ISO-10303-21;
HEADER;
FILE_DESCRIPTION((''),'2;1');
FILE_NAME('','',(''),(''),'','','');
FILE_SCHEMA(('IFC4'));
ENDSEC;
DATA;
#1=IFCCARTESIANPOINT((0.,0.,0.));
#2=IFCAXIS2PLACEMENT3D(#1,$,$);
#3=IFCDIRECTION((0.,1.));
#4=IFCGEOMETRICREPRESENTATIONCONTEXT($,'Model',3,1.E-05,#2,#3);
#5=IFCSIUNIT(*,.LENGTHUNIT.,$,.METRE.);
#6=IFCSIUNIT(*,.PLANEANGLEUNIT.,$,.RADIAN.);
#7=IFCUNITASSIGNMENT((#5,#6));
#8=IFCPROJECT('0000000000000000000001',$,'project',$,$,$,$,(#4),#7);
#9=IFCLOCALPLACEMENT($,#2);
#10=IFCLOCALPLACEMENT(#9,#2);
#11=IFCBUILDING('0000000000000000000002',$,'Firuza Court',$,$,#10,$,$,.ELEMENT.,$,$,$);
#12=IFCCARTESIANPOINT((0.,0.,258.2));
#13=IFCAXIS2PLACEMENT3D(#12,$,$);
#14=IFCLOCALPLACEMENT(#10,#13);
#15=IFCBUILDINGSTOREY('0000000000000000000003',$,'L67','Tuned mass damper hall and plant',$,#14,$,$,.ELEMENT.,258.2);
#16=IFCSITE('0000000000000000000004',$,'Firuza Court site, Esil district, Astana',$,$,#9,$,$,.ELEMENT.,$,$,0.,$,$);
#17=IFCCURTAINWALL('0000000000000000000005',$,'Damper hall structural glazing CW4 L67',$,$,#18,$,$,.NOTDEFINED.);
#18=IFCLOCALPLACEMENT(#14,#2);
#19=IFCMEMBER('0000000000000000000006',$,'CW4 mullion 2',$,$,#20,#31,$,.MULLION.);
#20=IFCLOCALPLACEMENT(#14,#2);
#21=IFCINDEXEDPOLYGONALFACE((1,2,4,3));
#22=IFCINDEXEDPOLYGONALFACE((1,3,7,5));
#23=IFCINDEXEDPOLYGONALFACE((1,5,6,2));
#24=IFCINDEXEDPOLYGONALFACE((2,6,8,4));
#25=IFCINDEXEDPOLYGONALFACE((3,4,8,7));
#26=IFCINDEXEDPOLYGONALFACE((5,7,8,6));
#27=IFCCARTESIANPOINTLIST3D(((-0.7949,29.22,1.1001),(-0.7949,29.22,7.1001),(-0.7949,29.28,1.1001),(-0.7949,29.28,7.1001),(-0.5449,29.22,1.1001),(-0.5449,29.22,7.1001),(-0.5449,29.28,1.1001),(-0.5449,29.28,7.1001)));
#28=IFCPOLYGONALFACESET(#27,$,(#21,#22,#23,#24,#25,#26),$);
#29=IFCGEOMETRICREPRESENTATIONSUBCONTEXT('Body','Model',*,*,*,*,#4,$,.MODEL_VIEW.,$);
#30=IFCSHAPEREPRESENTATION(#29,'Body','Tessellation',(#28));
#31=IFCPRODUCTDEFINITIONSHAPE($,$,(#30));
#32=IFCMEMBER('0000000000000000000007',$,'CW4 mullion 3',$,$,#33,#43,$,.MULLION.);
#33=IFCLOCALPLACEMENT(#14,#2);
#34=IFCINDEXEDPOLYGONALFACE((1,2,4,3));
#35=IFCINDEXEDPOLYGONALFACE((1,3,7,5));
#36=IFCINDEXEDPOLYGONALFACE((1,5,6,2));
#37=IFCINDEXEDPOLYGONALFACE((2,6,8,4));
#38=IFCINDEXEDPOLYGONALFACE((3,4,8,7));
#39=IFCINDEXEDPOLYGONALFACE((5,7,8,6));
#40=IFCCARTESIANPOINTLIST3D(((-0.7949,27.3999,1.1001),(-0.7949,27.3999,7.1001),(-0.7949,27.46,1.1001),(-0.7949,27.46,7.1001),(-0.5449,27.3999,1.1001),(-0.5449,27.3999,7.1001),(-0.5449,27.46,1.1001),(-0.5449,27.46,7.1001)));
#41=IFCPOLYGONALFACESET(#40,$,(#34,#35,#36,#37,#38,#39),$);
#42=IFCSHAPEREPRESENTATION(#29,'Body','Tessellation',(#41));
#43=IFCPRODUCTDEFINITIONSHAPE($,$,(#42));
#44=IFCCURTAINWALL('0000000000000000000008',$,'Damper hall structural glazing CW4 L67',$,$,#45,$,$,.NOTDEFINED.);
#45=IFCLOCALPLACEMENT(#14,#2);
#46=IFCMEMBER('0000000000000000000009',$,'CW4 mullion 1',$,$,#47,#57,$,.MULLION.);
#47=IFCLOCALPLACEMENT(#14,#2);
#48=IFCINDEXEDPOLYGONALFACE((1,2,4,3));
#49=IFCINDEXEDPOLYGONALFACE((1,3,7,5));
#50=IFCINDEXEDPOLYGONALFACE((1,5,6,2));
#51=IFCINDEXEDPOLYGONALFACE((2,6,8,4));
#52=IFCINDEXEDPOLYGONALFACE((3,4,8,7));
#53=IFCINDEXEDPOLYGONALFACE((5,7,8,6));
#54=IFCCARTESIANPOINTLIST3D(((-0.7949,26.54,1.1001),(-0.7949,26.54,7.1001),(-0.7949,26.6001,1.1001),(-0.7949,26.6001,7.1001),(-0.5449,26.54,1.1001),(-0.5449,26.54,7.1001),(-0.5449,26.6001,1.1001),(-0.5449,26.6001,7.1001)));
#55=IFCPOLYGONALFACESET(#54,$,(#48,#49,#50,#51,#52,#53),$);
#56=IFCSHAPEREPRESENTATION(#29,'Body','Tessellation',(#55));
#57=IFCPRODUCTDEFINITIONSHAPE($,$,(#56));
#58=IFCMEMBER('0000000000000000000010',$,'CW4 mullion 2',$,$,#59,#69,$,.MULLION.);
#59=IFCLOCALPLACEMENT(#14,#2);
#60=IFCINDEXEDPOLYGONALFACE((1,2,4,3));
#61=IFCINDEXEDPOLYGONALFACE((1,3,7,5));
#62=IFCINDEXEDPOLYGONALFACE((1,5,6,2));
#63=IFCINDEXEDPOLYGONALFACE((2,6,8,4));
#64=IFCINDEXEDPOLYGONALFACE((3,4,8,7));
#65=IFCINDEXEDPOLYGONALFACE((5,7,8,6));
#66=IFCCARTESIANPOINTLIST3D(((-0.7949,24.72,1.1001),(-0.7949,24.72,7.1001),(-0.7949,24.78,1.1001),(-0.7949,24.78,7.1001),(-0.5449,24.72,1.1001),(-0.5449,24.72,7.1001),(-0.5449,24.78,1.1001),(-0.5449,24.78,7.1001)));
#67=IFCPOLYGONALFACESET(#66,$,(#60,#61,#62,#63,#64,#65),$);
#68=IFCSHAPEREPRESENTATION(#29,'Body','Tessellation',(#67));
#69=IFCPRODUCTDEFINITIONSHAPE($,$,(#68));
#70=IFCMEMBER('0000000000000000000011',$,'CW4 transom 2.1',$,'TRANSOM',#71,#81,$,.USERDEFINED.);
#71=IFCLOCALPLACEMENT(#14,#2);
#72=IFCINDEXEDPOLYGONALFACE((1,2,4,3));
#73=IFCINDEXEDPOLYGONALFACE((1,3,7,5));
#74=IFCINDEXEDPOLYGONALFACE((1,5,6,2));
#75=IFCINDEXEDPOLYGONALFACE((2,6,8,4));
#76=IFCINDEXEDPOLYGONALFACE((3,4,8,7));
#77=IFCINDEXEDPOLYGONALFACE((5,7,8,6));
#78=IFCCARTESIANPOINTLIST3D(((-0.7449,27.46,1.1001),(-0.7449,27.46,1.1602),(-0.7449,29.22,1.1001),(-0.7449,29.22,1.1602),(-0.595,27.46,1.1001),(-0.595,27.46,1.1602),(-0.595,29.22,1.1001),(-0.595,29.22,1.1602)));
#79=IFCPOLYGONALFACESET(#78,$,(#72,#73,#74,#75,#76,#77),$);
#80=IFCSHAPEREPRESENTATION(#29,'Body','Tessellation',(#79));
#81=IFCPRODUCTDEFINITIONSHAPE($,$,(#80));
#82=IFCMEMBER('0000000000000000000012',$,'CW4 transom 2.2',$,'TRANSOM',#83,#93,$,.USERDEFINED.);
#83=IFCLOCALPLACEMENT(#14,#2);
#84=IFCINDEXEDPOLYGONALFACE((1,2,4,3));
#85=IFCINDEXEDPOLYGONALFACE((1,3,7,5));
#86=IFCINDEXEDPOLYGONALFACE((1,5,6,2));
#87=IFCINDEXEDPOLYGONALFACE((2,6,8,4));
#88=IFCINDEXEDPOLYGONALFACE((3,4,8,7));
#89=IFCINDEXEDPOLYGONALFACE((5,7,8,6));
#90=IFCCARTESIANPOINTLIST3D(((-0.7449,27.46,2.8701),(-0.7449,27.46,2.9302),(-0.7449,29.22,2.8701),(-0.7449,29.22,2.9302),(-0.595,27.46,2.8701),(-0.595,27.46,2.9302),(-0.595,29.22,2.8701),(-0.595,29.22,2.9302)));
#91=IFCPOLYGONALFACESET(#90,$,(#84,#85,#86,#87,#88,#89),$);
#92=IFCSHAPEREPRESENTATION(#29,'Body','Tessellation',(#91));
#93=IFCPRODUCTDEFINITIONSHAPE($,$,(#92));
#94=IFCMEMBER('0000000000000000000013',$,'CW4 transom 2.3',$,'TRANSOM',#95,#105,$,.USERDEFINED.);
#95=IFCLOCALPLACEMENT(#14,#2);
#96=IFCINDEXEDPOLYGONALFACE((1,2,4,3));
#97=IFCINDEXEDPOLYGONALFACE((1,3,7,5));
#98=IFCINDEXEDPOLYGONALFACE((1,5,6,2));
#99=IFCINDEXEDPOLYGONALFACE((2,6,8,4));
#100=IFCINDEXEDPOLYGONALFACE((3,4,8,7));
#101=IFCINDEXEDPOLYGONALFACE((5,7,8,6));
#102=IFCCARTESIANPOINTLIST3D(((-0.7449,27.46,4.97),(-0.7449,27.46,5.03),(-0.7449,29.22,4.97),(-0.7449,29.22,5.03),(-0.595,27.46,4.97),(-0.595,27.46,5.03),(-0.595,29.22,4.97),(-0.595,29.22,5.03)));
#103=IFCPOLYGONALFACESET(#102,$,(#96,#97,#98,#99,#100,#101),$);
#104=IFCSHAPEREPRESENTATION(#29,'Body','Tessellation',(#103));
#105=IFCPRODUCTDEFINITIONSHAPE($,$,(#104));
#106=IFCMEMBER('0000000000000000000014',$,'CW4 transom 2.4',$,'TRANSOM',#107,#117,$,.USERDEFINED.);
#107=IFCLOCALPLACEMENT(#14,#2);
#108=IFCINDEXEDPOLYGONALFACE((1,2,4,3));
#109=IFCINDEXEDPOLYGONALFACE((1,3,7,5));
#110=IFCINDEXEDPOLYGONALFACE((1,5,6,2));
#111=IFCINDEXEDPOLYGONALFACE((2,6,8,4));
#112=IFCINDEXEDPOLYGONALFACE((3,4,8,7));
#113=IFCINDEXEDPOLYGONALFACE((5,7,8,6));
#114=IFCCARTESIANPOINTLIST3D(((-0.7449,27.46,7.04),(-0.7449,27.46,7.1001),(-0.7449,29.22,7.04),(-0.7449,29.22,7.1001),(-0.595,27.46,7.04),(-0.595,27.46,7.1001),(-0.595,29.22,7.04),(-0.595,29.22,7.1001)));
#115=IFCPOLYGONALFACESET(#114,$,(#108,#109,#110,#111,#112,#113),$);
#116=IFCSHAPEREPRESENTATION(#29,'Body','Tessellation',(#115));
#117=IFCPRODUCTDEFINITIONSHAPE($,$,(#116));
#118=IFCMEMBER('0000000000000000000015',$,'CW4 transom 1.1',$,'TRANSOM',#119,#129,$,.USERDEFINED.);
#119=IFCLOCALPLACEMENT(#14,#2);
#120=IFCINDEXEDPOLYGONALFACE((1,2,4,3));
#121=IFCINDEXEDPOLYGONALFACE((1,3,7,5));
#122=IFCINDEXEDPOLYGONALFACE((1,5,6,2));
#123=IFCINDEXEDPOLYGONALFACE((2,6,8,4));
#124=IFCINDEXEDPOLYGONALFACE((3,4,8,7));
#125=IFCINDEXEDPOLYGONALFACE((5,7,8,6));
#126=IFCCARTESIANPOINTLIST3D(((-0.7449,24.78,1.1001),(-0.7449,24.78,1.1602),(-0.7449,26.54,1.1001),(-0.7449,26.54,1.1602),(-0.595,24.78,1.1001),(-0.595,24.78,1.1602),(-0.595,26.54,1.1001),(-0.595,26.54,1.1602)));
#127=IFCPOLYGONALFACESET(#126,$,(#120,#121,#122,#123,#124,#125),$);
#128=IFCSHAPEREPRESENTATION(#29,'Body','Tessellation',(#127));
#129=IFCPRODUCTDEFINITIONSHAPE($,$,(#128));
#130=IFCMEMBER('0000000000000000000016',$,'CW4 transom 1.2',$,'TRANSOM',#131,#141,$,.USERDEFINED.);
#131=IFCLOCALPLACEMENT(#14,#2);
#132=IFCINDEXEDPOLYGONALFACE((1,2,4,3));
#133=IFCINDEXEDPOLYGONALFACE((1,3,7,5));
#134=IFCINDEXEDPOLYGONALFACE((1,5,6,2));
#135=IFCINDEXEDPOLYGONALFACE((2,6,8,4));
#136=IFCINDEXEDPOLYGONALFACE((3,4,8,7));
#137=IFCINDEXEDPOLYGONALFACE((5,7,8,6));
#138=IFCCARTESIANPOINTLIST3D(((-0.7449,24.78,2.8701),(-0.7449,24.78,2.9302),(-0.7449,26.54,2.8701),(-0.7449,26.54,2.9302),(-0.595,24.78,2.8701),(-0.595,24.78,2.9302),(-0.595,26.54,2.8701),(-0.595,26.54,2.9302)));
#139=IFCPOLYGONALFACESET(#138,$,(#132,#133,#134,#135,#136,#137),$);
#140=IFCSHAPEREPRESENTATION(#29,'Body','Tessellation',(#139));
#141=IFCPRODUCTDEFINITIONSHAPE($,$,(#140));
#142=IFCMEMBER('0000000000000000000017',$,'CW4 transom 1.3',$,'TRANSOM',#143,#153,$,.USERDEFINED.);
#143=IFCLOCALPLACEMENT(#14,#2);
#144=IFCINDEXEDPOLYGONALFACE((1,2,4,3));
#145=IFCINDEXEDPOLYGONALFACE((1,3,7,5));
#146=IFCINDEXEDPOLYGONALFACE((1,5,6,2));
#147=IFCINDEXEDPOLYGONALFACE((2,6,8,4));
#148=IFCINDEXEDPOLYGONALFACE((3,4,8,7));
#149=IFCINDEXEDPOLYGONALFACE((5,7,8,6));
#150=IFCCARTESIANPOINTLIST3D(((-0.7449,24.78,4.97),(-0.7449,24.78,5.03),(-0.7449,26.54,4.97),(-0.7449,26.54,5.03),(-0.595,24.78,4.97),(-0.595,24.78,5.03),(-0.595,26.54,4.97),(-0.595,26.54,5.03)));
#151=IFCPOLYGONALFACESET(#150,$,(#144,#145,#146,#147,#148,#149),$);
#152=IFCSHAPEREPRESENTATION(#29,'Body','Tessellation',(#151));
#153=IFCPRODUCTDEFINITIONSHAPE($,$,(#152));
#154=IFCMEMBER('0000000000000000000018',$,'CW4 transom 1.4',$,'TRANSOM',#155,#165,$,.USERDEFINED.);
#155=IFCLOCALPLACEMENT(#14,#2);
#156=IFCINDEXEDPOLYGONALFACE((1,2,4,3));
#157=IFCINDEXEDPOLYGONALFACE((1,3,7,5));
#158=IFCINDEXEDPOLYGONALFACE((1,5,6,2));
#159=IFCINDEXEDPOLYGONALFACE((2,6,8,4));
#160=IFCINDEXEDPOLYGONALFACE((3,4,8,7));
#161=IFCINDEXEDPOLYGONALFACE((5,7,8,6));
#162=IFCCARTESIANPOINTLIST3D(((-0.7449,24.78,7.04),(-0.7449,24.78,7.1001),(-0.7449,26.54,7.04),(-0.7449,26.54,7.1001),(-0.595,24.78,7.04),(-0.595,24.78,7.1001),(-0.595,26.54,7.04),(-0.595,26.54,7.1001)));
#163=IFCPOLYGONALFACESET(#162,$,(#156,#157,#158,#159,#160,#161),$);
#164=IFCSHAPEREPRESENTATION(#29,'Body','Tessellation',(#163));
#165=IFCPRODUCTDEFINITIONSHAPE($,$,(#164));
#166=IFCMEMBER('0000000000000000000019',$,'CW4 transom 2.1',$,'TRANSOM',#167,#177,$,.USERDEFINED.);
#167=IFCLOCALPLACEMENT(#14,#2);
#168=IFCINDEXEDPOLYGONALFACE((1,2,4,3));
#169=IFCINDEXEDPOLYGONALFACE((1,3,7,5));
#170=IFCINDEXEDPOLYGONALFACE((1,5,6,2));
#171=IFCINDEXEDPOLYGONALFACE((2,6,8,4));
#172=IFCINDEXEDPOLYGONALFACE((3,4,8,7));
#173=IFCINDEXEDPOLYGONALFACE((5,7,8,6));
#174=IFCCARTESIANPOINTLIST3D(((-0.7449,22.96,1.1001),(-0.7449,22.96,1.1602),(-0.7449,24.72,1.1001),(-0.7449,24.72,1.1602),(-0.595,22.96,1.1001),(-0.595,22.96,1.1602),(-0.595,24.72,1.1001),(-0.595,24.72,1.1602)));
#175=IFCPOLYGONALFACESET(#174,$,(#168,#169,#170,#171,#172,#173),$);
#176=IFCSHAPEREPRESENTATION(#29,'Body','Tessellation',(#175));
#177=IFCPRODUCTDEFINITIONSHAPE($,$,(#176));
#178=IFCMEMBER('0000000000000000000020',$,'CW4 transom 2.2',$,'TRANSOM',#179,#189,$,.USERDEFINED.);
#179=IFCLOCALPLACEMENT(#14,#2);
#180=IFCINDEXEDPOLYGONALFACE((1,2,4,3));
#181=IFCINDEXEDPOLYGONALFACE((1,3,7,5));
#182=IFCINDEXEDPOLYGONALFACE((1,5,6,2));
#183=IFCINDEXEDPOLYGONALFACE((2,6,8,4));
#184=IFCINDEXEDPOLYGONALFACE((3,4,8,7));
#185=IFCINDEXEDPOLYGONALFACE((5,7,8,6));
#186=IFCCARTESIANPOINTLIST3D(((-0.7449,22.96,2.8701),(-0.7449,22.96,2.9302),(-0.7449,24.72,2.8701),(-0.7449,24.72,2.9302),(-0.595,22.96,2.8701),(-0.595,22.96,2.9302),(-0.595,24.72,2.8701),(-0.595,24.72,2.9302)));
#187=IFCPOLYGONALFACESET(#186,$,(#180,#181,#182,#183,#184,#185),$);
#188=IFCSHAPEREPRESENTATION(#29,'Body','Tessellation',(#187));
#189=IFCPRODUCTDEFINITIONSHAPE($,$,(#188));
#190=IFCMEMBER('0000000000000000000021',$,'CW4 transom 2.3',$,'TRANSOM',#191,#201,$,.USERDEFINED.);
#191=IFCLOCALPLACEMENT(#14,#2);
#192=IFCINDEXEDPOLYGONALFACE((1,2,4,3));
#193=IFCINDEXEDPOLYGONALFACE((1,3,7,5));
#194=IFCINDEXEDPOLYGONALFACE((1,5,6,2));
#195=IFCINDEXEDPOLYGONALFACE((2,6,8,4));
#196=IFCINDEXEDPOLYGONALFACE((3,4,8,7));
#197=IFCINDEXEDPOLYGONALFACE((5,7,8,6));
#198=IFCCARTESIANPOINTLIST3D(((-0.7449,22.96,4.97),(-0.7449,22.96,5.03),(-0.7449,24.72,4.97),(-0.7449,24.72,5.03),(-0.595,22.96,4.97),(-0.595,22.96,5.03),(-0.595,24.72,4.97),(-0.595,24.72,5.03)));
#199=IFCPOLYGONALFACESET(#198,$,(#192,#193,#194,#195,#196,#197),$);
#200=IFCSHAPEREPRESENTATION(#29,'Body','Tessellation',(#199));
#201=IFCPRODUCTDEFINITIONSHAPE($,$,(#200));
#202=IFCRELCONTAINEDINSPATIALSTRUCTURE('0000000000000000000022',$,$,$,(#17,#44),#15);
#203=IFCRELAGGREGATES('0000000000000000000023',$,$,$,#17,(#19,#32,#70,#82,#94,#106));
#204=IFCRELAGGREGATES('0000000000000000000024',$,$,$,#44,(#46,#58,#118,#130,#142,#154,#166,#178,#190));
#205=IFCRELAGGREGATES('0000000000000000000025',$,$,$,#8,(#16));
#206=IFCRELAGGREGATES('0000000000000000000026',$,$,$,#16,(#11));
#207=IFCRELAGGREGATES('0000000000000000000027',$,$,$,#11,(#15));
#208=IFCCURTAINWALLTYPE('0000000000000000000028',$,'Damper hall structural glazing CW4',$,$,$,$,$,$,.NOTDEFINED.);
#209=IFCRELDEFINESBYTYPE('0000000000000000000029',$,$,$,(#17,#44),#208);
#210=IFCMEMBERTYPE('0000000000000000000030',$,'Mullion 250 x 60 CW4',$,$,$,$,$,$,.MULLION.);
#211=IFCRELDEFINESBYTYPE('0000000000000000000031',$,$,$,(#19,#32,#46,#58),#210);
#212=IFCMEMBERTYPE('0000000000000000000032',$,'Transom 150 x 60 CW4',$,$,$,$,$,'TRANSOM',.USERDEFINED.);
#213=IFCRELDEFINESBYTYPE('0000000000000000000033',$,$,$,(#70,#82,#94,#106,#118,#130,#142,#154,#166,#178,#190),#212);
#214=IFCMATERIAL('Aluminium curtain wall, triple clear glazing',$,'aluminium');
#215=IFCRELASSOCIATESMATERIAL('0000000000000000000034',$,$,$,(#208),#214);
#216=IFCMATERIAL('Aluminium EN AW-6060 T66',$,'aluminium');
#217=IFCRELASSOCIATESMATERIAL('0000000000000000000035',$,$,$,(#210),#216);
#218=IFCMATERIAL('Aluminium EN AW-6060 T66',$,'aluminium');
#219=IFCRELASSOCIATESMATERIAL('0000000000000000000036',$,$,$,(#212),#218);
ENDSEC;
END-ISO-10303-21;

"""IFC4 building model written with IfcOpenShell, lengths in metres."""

from ifc_helpers import new_model, si_unit, direction, frame, origin, origin_2d, place, context, subcontext, project, spatial, rectangle, extrude, material, material_profile, profile_set, type_object, element, aggregate, save


model = new_model("IFC4")

# Units and contexts
model_context = context("Model", 3, precision=1e-05, world=origin(), true_north=direction((0.0, 1.0)))
body_context = subcontext(model_context, "Body", "Model", "MODEL_VIEW")
ifc_project = project(units=[si_unit("LENGTHUNIT", "METRE"), si_unit("PLANEANGLEUNIT", "RADIAN")], contexts=[model_context])

# Site, building, storey
site_placement = place(None, origin())
site = spatial("IfcSite", under=ifc_project, at=site_placement, Name="Firuza Court site, Esil district, Astana", CompositionType="ELEMENT", RefElevation=0.0)
building_placement = place(site_placement, origin())
building = spatial("IfcBuilding", under=site, at=building_placement, Name="Firuza Court", CompositionType="ELEMENT")
storey_placement = place(building_placement, frame((0.0, 0.0, 258.2)))
storey = spatial("IfcBuildingStorey", under=building, at=storey_placement, Name="L67", Description="Tuned mass damper hall and plant", CompositionType="ELEMENT", Elevation=258.2)

# Curtain walls, members
ifc_material_1 = material(Name="Aluminium curtain wall, triple clear glazing", Category="aluminium")
curtain_wall_type = type_object("IfcCurtainWallType", Name="Damper hall structural glazing CW4", PredefinedType="NOTDEFINED", material=ifc_material_1)
curtain_wall_1_placement = place(storey_placement, origin())
curtain_wall_1 = element("IfcCurtainWall", 1, at=curtain_wall_1_placement, inside=storey, type_object=curtain_wall_type, Name="Damper hall structural glazing CW4 L67", PredefinedType="NOTDEFINED")
ifc_material_2 = material(Name="Aluminium EN AW-6060 T66", Category="aluminium")
ifc_material_profile_1 = material_profile(ifc_material_2, rectangle(XDim=0.25, YDim=0.0601, at=origin_2d()), Name="Mullion 250 x 60 CW4")
ifc_profile_set_1 = profile_set([ifc_material_profile_1], Name="Aluminium EN AW-6060 T66")
member_type_1 = type_object("IfcMemberType", Name="Mullion 250 x 60 CW4", PredefinedType="MULLION", material=ifc_profile_set_1)
member_1_placement = place(storey_placement, frame((-0.6699, 29.25, 1.1001), z_axis=(0.0, 0.0, 1.0), x_axis=(1.0, 0.0, 0.0)))
member_1 = element("IfcMember", 2, at=member_1_placement, type_object=member_type_1, Name="CW4 mullion 2", PredefinedType="MULLION", context=body_context, shape_type="SweptSolid", body=[
    extrude(rectangle(XDim=0.25, YDim=0.0601, at=origin_2d()), origin(), (0.0, 0.0, 1.0), 6.0),
])
member_2_placement = place(storey_placement, frame((-0.6699, 27.4299, 1.1001), z_axis=(0.0, 0.0, 1.0), x_axis=(1.0, 0.0, 0.0)))
member_2 = element("IfcMember", 3, at=member_2_placement, type_object=member_type_1, Name="CW4 mullion 3", PredefinedType="MULLION", context=body_context, shape_type="SweptSolid", body=[
    extrude(rectangle(XDim=0.25, YDim=0.0601, at=origin_2d()), origin(), (0.0, 0.0, 1.0), 6.0),
])
curtain_wall_2_placement = place(storey_placement, origin())
curtain_wall_2 = element("IfcCurtainWall", 4, at=curtain_wall_2_placement, inside=storey, type_object=curtain_wall_type, Name="Damper hall structural glazing CW4 L67", PredefinedType="NOTDEFINED")
member_3_placement = place(storey_placement, frame((-0.6699, 26.5701, 1.1001), z_axis=(0.0, 0.0, 1.0), x_axis=(1.0, 0.0, 0.0)))
member_3 = element("IfcMember", 5, at=member_3_placement, type_object=member_type_1, Name="CW4 mullion 1", PredefinedType="MULLION", context=body_context, shape_type="SweptSolid", body=[
    extrude(rectangle(XDim=0.25, YDim=0.0601, at=origin_2d()), origin(), (0.0, 0.0, 1.0), 6.0),
])
member_4_placement = place(storey_placement, frame((-0.6699, 24.75, 1.1001), z_axis=(0.0, 0.0, 1.0), x_axis=(1.0, 0.0, 0.0)))
member_4 = element("IfcMember", 6, at=member_4_placement, type_object=member_type_1, Name="CW4 mullion 2", PredefinedType="MULLION", context=body_context, shape_type="SweptSolid", body=[
    extrude(rectangle(XDim=0.25, YDim=0.0601, at=origin_2d()), origin(), (0.0, 0.0, 1.0), 6.0),
])

# Members
ifc_material_3 = material(Name="Aluminium EN AW-6060 T66", Category="aluminium")
ifc_material_profile_2 = material_profile(ifc_material_3, rectangle(XDim=0.1499, YDim=0.0601, at=origin_2d()), Name="Transom 150 x 60 CW4")
ifc_profile_set_2 = profile_set([ifc_material_profile_2], Name="Aluminium EN AW-6060 T66")
member_type_2 = type_object("IfcMemberType", Name="Transom 150 x 60 CW4", ElementType="TRANSOM", PredefinedType="USERDEFINED", material=ifc_profile_set_2)
member_5_placement = place(storey_placement, frame((-0.6699, 29.22, 1.1301), z_axis=(0.0, -1.0, 0.0), x_axis=(1.0, 0.0, 0.0)))
member_5 = element("IfcMember", 7, at=member_5_placement, type_object=member_type_2, Name="CW4 transom 2.1", ObjectType="TRANSOM", PredefinedType="USERDEFINED", context=body_context, shape_type="SweptSolid", body=[
    extrude(rectangle(XDim=0.1499, YDim=0.0601, at=origin_2d()), origin(), (0.0, 0.0, 1.0), 1.76),
])
member_6_placement = place(storey_placement, frame((-0.6699, 29.22, 2.9001), z_axis=(0.0, -1.0, 0.0), x_axis=(1.0, 0.0, 0.0)))
member_6 = element("IfcMember", 8, at=member_6_placement, type_object=member_type_2, Name="CW4 transom 2.2", ObjectType="TRANSOM", PredefinedType="USERDEFINED", context=body_context, shape_type="SweptSolid", body=[
    extrude(rectangle(XDim=0.1499, YDim=0.0601, at=origin_2d()), origin(), (0.0, 0.0, 1.0), 1.76),
])
member_7_placement = place(storey_placement, frame((-0.6699, 29.22, 5.0), z_axis=(0.0, -1.0, 0.0), x_axis=(1.0, 0.0, 0.0)))
member_7 = element("IfcMember", 9, at=member_7_placement, type_object=member_type_2, Name="CW4 transom 2.3", ObjectType="TRANSOM", PredefinedType="USERDEFINED", context=body_context, shape_type="SweptSolid", body=[
    extrude(rectangle(XDim=0.1499, YDim=0.0601, at=origin_2d()), origin(), (0.0, 0.0, 1.0), 1.76),
])
member_8_placement = place(storey_placement, frame((-0.6699, 29.22, 7.0701), z_axis=(0.0, -1.0, 0.0), x_axis=(1.0, 0.0, 0.0)))
member_8 = element("IfcMember", 10, at=member_8_placement, type_object=member_type_2, Name="CW4 transom 2.4", ObjectType="TRANSOM", PredefinedType="USERDEFINED", context=body_context, shape_type="SweptSolid", body=[
    extrude(rectangle(XDim=0.1499, YDim=0.0601, at=origin_2d()), origin(), (0.0, 0.0, 1.0), 1.76),
])
member_9_placement = place(storey_placement, frame((-0.6699, 26.54, 1.1301), z_axis=(0.0, -1.0, 0.0), x_axis=(1.0, 0.0, 0.0)))
member_9 = element("IfcMember", 11, at=member_9_placement, type_object=member_type_2, Name="CW4 transom 1.1", ObjectType="TRANSOM", PredefinedType="USERDEFINED", context=body_context, shape_type="SweptSolid", body=[
    extrude(rectangle(XDim=0.1499, YDim=0.0601, at=origin_2d()), origin(), (0.0, 0.0, 1.0), 1.76),
])
member_10_placement = place(storey_placement, frame((-0.6699, 26.54, 2.9001), z_axis=(0.0, -1.0, 0.0), x_axis=(1.0, 0.0, 0.0)))
member_10 = element("IfcMember", 12, at=member_10_placement, type_object=member_type_2, Name="CW4 transom 1.2", ObjectType="TRANSOM", PredefinedType="USERDEFINED", context=body_context, shape_type="SweptSolid", body=[
    extrude(rectangle(XDim=0.1499, YDim=0.0601, at=origin_2d()), origin(), (0.0, 0.0, 1.0), 1.76),
])
member_11_placement = place(storey_placement, frame((-0.6699, 26.54, 5.0), z_axis=(0.0, -1.0, 0.0), x_axis=(1.0, 0.0, 0.0)))
member_11 = element("IfcMember", 13, at=member_11_placement, type_object=member_type_2, Name="CW4 transom 1.3", ObjectType="TRANSOM", PredefinedType="USERDEFINED", context=body_context, shape_type="SweptSolid", body=[
    extrude(rectangle(XDim=0.1499, YDim=0.0601, at=origin_2d()), origin(), (0.0, 0.0, 1.0), 1.76),
])
member_12_placement = place(storey_placement, frame((-0.6699, 26.54, 7.0701), z_axis=(0.0, -1.0, 0.0), x_axis=(1.0, 0.0, 0.0)))
member_12 = element("IfcMember", 14, at=member_12_placement, type_object=member_type_2, Name="CW4 transom 1.4", ObjectType="TRANSOM", PredefinedType="USERDEFINED", context=body_context, shape_type="SweptSolid", body=[
    extrude(rectangle(XDim=0.1499, YDim=0.0601, at=origin_2d()), origin(), (0.0, 0.0, 1.0), 1.76),
])
member_13_placement = place(storey_placement, frame((-0.6699, 24.72, 1.1301), z_axis=(0.0, -1.0, 0.0), x_axis=(1.0, 0.0, 0.0)))
member_13 = element("IfcMember", 15, at=member_13_placement, type_object=member_type_2, Name="CW4 transom 2.1", ObjectType="TRANSOM", PredefinedType="USERDEFINED", context=body_context, shape_type="SweptSolid", body=[
    extrude(rectangle(XDim=0.1499, YDim=0.0601, at=origin_2d()), origin(), (0.0, 0.0, 1.0), 1.76),
])
member_14_placement = place(storey_placement, frame((-0.6699, 24.72, 2.9001), z_axis=(0.0, -1.0, 0.0), x_axis=(1.0, 0.0, 0.0)))
member_14 = element("IfcMember", 16, at=member_14_placement, type_object=member_type_2, Name="CW4 transom 2.2", ObjectType="TRANSOM", PredefinedType="USERDEFINED", context=body_context, shape_type="SweptSolid", body=[
    extrude(rectangle(XDim=0.1499, YDim=0.0601, at=origin_2d()), origin(), (0.0, 0.0, 1.0), 1.76),
])
member_15_placement = place(storey_placement, frame((-0.6699, 24.72, 5.0), z_axis=(0.0, -1.0, 0.0), x_axis=(1.0, 0.0, 0.0)))
member_15 = element("IfcMember", 17, at=member_15_placement, type_object=member_type_2, Name="CW4 transom 2.3", ObjectType="TRANSOM", PredefinedType="USERDEFINED", context=body_context, shape_type="SweptSolid", body=[
    extrude(rectangle(XDim=0.1499, YDim=0.0601, at=origin_2d()), origin(), (0.0, 0.0, 1.0), 1.76),
])

aggregate(curtain_wall_1, [member_1, member_2, member_5, member_6, member_7, member_8])
aggregate(curtain_wall_2, [member_3, member_4, member_9, member_10, member_11, member_12, member_13, member_14, member_15])

save(model, "model.ifc")
